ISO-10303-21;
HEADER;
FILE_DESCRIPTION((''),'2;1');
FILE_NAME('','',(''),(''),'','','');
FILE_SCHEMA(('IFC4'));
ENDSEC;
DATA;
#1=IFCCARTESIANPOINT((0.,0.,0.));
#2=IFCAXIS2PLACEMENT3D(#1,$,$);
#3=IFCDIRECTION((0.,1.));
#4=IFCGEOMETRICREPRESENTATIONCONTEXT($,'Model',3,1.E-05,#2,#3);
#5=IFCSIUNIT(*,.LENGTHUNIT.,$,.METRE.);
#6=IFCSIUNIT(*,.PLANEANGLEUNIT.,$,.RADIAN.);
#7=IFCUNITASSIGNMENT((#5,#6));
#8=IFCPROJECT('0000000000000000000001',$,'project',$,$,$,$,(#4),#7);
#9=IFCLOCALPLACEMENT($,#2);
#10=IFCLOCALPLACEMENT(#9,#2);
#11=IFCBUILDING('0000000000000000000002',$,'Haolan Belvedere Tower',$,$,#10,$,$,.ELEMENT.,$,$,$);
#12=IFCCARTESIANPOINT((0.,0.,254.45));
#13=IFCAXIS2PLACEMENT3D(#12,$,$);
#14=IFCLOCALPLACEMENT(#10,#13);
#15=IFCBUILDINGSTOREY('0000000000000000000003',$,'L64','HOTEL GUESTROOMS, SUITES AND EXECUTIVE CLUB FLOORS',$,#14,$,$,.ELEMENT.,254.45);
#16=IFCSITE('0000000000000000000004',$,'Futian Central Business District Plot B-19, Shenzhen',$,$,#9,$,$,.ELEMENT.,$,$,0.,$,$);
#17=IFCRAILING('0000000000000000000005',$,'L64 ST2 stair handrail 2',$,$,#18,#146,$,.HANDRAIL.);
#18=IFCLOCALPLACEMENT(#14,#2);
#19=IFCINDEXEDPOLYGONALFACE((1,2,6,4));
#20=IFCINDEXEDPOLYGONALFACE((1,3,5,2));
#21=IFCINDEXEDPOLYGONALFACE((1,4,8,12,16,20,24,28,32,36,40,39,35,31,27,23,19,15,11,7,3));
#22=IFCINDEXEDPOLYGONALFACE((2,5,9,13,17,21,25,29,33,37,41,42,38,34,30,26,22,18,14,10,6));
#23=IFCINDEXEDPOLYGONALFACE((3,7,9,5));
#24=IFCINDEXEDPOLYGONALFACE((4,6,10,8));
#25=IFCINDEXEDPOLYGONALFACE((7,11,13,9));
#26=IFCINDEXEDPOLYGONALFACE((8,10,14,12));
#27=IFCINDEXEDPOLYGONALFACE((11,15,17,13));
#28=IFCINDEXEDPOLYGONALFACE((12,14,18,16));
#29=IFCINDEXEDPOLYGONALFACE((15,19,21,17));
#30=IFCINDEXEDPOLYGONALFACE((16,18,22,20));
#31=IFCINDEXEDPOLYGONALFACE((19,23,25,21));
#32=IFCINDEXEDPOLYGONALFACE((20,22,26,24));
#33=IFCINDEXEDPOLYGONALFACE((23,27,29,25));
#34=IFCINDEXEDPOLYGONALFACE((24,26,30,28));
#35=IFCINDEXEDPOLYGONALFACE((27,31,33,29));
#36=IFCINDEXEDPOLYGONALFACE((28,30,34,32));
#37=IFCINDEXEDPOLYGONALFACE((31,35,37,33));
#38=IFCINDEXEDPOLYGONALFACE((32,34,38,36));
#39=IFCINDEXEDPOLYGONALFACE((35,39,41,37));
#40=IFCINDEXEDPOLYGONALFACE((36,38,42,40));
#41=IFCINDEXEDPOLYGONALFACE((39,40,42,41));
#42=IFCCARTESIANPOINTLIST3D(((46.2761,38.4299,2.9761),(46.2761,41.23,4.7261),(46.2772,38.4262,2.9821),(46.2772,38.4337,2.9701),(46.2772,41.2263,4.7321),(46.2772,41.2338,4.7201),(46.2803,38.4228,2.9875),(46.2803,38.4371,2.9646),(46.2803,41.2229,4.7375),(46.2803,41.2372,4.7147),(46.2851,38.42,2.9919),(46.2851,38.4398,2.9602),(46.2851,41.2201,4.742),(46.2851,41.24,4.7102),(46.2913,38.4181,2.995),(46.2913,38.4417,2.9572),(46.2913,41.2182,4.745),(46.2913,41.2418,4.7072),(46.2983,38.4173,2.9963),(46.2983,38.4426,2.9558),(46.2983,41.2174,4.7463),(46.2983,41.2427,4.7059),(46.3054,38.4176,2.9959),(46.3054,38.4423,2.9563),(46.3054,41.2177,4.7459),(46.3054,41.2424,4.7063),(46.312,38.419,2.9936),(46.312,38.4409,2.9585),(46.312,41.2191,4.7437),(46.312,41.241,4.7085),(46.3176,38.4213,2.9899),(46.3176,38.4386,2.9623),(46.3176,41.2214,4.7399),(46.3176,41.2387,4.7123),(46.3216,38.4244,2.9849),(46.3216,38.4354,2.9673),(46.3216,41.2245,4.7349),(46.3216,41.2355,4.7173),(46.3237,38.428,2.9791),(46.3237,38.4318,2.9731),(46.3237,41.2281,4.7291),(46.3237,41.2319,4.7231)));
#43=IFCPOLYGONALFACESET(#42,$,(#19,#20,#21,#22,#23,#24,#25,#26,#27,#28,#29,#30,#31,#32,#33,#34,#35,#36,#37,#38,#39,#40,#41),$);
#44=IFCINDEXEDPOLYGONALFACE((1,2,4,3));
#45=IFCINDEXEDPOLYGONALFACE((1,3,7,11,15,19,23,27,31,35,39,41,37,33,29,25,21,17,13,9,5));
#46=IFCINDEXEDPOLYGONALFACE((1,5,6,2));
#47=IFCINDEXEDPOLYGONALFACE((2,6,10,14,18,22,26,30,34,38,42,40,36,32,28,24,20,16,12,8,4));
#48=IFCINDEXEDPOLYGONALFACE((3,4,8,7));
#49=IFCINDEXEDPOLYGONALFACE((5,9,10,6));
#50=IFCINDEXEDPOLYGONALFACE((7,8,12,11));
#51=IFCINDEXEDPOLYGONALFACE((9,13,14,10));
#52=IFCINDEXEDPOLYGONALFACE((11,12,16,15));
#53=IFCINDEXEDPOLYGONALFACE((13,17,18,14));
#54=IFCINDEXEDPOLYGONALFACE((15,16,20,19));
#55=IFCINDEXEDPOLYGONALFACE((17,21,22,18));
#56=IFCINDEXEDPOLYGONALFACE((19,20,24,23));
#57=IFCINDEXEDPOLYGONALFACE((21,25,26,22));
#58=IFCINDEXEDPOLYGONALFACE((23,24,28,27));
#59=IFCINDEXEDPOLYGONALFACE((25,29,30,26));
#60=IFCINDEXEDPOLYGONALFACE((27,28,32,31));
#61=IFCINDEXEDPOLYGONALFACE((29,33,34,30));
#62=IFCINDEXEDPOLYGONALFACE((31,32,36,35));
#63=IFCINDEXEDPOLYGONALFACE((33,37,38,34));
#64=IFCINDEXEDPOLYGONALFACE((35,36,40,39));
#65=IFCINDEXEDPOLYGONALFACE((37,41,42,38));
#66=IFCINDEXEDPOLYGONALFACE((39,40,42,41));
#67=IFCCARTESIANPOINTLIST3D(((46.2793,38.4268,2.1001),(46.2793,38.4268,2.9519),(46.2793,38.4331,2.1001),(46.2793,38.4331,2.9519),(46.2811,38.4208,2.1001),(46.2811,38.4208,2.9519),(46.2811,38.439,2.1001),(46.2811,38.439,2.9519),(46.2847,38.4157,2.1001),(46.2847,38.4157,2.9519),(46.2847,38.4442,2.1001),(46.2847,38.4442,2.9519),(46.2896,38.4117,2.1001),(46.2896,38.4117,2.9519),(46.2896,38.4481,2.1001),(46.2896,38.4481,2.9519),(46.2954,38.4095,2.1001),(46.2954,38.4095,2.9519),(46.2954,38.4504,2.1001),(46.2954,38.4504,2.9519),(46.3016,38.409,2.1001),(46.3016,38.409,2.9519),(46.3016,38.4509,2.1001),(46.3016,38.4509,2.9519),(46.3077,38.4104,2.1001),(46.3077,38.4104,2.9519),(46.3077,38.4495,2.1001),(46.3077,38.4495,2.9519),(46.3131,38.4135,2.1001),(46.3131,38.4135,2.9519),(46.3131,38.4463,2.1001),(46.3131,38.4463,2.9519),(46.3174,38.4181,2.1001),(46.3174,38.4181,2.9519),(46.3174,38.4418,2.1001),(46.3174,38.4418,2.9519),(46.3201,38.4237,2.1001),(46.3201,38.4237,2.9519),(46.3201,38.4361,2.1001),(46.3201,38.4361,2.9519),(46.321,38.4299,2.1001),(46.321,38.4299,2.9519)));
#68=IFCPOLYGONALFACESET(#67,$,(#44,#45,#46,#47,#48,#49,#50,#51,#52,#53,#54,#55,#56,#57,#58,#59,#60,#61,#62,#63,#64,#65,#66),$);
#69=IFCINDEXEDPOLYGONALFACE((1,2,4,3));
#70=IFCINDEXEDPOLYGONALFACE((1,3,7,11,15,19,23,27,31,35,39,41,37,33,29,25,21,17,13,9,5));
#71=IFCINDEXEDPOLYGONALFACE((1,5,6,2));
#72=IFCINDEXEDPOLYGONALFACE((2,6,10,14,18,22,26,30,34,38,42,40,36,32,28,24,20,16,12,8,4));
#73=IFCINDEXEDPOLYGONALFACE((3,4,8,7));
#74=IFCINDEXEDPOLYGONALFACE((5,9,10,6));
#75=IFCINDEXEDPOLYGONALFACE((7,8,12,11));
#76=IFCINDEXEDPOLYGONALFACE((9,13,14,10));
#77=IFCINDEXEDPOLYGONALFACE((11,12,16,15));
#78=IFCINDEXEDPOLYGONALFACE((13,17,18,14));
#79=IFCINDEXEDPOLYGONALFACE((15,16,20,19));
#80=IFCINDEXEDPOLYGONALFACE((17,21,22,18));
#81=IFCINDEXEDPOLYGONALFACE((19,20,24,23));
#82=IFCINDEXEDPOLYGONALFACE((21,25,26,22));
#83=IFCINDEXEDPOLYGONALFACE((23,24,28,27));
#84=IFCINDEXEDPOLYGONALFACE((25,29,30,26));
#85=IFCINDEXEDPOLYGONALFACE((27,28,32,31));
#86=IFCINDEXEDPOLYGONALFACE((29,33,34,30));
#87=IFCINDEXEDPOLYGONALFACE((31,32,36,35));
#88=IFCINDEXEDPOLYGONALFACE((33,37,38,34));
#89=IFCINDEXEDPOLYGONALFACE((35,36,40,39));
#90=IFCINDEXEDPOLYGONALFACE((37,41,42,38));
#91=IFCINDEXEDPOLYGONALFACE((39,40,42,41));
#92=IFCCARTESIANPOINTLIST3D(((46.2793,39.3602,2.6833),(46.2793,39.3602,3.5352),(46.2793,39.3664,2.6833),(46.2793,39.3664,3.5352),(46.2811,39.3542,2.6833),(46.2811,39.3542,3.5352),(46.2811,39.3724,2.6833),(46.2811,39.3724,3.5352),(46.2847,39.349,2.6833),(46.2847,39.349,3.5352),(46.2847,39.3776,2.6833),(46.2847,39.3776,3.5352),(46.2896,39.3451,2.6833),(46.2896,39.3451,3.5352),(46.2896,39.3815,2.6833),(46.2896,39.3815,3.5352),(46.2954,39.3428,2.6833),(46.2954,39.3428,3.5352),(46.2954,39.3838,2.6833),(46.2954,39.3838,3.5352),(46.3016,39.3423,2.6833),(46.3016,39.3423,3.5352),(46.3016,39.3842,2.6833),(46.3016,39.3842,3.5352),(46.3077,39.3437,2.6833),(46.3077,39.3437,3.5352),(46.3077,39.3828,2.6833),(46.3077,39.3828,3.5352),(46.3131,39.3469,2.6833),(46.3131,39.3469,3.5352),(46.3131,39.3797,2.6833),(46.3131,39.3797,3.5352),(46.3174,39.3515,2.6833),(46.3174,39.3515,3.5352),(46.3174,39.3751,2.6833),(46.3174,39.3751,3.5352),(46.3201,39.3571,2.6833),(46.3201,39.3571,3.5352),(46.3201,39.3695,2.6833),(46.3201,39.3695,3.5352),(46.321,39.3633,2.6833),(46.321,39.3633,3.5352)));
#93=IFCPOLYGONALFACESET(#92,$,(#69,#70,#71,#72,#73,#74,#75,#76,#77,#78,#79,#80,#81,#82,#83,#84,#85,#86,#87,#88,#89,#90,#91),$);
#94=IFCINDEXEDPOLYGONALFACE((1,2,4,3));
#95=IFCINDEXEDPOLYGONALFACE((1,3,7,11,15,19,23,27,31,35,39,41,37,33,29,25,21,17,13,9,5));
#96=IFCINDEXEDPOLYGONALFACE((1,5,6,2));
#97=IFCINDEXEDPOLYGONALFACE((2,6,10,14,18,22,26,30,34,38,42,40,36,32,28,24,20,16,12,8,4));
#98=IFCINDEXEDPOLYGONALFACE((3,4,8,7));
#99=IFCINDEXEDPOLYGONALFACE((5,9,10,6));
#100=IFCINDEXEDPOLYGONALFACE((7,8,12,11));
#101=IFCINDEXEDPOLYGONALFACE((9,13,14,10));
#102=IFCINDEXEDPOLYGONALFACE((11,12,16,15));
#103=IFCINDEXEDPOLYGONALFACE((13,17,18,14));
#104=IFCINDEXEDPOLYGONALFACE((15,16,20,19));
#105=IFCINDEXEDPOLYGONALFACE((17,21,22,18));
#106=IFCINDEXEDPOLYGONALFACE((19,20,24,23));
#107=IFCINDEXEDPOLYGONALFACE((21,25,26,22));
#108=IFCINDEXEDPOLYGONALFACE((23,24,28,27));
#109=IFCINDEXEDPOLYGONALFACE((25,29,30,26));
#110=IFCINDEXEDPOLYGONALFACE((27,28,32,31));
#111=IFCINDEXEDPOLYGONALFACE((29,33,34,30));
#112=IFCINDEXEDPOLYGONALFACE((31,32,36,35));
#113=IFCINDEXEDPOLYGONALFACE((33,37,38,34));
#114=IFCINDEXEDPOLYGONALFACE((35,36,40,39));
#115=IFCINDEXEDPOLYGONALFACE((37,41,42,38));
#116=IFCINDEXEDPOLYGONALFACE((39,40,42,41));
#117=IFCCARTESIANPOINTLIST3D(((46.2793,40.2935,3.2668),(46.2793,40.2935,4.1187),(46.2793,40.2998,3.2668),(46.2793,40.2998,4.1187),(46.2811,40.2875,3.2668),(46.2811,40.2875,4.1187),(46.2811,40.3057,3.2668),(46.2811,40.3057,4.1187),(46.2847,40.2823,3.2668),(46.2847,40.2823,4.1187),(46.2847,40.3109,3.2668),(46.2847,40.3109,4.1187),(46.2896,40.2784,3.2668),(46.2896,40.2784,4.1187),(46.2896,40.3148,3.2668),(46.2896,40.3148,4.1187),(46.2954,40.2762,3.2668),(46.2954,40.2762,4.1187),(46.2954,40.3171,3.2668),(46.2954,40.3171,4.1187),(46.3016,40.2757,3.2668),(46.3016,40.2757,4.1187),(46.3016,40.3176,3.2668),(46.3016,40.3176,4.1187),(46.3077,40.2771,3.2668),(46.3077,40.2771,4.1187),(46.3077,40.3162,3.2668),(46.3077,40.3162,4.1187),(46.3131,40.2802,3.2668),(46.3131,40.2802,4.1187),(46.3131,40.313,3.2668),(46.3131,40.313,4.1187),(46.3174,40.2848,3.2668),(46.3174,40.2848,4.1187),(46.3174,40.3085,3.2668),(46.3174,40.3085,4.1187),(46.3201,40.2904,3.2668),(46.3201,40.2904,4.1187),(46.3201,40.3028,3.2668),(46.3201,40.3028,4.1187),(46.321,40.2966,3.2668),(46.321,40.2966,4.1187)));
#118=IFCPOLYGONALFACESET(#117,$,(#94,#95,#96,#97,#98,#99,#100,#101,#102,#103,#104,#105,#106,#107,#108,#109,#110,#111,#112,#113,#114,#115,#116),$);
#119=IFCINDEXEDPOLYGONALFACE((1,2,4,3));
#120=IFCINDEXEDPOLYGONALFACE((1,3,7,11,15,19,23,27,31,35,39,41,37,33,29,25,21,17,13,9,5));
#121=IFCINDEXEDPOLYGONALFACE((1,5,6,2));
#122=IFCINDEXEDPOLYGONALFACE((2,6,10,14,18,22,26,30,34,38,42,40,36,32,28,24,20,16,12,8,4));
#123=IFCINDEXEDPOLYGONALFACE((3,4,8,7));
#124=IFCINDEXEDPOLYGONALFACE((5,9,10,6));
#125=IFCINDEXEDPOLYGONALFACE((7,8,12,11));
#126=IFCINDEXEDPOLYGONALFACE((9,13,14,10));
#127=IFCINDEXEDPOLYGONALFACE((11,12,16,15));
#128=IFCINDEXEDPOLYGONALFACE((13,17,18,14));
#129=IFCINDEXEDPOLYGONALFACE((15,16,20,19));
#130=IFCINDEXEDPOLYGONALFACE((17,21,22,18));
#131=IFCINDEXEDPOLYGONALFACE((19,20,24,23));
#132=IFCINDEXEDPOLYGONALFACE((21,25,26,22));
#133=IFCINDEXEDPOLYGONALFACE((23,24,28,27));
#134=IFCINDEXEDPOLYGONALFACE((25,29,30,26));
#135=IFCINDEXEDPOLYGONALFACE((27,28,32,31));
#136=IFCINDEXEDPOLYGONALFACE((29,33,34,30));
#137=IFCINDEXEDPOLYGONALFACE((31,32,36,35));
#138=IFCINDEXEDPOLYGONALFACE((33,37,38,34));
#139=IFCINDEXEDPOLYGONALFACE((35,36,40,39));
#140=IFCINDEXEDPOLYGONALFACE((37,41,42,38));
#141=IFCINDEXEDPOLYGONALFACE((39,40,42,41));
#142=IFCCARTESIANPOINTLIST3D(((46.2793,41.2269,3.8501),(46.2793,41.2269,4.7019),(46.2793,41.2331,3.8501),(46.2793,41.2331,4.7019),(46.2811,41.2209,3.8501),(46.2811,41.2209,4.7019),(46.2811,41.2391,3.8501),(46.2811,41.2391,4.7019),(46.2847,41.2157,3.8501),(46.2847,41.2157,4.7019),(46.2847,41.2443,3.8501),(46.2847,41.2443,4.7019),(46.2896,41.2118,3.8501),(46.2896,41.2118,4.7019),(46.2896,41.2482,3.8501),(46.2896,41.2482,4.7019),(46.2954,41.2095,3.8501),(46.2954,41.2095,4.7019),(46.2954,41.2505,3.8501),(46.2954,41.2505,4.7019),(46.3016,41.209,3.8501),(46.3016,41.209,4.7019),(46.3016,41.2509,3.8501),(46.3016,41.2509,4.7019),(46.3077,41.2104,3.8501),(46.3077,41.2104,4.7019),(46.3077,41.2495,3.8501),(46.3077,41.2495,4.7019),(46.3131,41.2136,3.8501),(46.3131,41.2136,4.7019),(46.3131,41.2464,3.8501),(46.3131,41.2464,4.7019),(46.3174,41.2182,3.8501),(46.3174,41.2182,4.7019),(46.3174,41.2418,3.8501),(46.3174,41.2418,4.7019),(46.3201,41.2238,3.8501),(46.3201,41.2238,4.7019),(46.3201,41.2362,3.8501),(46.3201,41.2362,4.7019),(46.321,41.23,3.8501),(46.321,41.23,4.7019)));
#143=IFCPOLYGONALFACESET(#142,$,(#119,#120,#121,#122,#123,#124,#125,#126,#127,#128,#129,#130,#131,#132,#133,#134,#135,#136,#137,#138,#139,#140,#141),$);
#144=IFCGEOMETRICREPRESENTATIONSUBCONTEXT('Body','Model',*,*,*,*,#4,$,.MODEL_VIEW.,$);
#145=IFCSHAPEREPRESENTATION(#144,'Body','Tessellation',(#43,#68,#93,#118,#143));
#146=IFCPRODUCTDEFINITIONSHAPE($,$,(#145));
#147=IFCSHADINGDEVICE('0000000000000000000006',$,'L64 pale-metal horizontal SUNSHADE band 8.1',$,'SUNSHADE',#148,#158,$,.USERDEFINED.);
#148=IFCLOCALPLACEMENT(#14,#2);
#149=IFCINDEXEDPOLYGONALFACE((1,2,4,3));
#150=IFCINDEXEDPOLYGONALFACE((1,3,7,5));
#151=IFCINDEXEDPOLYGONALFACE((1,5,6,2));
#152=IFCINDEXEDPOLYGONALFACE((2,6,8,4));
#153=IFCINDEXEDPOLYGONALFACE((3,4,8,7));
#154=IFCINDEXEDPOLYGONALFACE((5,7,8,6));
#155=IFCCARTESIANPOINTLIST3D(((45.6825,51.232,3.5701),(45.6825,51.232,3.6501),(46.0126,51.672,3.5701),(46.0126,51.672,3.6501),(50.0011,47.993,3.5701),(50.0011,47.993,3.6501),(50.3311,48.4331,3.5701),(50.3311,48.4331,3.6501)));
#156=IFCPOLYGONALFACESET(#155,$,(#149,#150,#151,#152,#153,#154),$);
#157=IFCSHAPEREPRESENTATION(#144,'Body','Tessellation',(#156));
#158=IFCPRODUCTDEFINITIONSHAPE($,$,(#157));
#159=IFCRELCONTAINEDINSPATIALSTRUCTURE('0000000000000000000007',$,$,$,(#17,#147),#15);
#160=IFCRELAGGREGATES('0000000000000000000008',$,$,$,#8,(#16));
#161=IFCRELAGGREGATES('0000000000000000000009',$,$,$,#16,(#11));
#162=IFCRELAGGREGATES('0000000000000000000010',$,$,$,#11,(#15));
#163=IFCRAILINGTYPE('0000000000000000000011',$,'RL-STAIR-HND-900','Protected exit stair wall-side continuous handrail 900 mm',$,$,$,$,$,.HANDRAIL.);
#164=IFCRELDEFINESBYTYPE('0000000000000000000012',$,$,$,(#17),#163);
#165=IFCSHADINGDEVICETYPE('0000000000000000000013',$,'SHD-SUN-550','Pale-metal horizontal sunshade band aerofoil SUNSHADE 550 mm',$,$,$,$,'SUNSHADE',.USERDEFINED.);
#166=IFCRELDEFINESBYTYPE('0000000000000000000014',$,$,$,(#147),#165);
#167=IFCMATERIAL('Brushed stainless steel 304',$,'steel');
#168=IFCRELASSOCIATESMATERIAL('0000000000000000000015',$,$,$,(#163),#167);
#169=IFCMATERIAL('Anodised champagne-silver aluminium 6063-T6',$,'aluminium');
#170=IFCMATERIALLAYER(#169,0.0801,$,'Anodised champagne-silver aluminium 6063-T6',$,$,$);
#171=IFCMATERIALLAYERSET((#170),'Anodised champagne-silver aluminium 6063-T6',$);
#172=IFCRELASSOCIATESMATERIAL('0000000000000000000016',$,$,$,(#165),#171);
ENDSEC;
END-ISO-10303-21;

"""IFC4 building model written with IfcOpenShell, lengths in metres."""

from ifc_helpers import new_model, si_unit, direction, frame, origin, origin_2d, place, context, subcontext, project, spatial, rectangle, circle, extrude, material, layer, layer_set, type_object, element, save


model = new_model("IFC4")

# Units and contexts
model_context = context("Model", 3, precision=1e-05, world=origin(), true_north=direction((0.0, 1.0)))
body_context = subcontext(model_context, "Body", "Model", "MODEL_VIEW")
ifc_project = project(units=[si_unit("LENGTHUNIT", "METRE"), si_unit("PLANEANGLEUNIT", "RADIAN")], contexts=[model_context])

# Site, building, storey
site_placement = place(None, origin())
site = spatial("IfcSite", under=ifc_project, at=site_placement, Name="Futian Central Business District Plot B-19, Shenzhen", CompositionType="ELEMENT", RefElevation=0.0)
building_placement = place(site_placement, origin())
building = spatial("IfcBuilding", under=site, at=building_placement, Name="Haolan Belvedere Tower", CompositionType="ELEMENT")
storey_placement = place(building_placement, frame((0.0, 0.0, 254.45)))
storey = spatial("IfcBuildingStorey", under=building, at=storey_placement, Name="L64", Description="HOTEL GUESTROOMS, SUITES AND EXECUTIVE CLUB FLOORS", CompositionType="ELEMENT", Elevation=254.45)

# Railing
ifc_material_1 = material(Name="Brushed stainless steel 304", Category="steel")
railing_type = type_object("IfcRailingType", Name="RL-STAIR-HND-900", Description="Protected exit stair wall-side continuous handrail 900 mm", PredefinedType="HANDRAIL", material=ifc_material_1)
railing_placement = place(storey_placement, frame((46.3, 38.4299, 2.1001)))
element("IfcRailing", 1, at=railing_placement, inside=storey, type_object=railing_type, Name="L64 ST2 stair handrail 2", PredefinedType="HANDRAIL", context=body_context, shape_type="SweptSolid", body=[
    extrude(circle(Radius=0.0239, at=origin_2d()), frame((0.0, 0.0, 0.876), z_axis=(0.0, 0.848002, 0.529992), x_axis=(-1.0, 0.0, 0.0)), (0.0, 0.0, 1.0), 3.302),
    extrude(circle(Radius=0.021, at=origin_2d()), origin(), (0.0, 0.0, 1.0), 0.8518),
    extrude(circle(Radius=0.021, at=origin_2d()), frame((0.0, 0.9333, 0.5833)), (0.0, 0.0, 1.0), 0.8518),
    extrude(circle(Radius=0.021, at=origin_2d()), frame((0.0, 1.8667, 1.1667)), (0.0, 0.0, 1.0), 0.8518),
    extrude(circle(Radius=0.021, at=origin_2d()), frame((0.0, 2.8, 1.75)), (0.0, 0.0, 1.0), 0.8518),
])

# Shading device
ifc_material_2 = material(Name="Anodised champagne-silver aluminium 6063-T6", Category="aluminium")
ifc_layer_1 = layer(ifc_material_2, 0.0801, Name="Anodised champagne-silver aluminium 6063-T6")
ifc_layer_set_1 = layer_set([ifc_layer_1], Name="Anodised champagne-silver aluminium 6063-T6")
shading_device_type = type_object("IfcShadingDeviceType", Name="SHD-SUN-550", Description="Pale-metal horizontal sunshade band aerofoil SUNSHADE 550 mm", ElementType="SUNSHADE", PredefinedType="USERDEFINED", material=ifc_layer_set_1)
shading_device_placement = place(storey_placement, frame((48.0068, 49.8325, 3.5701), z_axis=(0.0, 0.0, 1.0), x_axis=(-0.799999, 0.600001, 0.0)))
element("IfcShadingDevice", 2, at=shading_device_placement, inside=storey, type_object=shading_device_type, Name="L64 pale-metal horizontal SUNSHADE band 8.1", ObjectType="SUNSHADE", PredefinedType="USERDEFINED", context=body_context, shape_type="SweptSolid", body=[
    extrude(rectangle(XDim=5.3982, YDim=0.55, at=origin_2d()), origin(), (0.0, 0.0, 1.0), 0.0801),
])

save(model, "model.ifc")
